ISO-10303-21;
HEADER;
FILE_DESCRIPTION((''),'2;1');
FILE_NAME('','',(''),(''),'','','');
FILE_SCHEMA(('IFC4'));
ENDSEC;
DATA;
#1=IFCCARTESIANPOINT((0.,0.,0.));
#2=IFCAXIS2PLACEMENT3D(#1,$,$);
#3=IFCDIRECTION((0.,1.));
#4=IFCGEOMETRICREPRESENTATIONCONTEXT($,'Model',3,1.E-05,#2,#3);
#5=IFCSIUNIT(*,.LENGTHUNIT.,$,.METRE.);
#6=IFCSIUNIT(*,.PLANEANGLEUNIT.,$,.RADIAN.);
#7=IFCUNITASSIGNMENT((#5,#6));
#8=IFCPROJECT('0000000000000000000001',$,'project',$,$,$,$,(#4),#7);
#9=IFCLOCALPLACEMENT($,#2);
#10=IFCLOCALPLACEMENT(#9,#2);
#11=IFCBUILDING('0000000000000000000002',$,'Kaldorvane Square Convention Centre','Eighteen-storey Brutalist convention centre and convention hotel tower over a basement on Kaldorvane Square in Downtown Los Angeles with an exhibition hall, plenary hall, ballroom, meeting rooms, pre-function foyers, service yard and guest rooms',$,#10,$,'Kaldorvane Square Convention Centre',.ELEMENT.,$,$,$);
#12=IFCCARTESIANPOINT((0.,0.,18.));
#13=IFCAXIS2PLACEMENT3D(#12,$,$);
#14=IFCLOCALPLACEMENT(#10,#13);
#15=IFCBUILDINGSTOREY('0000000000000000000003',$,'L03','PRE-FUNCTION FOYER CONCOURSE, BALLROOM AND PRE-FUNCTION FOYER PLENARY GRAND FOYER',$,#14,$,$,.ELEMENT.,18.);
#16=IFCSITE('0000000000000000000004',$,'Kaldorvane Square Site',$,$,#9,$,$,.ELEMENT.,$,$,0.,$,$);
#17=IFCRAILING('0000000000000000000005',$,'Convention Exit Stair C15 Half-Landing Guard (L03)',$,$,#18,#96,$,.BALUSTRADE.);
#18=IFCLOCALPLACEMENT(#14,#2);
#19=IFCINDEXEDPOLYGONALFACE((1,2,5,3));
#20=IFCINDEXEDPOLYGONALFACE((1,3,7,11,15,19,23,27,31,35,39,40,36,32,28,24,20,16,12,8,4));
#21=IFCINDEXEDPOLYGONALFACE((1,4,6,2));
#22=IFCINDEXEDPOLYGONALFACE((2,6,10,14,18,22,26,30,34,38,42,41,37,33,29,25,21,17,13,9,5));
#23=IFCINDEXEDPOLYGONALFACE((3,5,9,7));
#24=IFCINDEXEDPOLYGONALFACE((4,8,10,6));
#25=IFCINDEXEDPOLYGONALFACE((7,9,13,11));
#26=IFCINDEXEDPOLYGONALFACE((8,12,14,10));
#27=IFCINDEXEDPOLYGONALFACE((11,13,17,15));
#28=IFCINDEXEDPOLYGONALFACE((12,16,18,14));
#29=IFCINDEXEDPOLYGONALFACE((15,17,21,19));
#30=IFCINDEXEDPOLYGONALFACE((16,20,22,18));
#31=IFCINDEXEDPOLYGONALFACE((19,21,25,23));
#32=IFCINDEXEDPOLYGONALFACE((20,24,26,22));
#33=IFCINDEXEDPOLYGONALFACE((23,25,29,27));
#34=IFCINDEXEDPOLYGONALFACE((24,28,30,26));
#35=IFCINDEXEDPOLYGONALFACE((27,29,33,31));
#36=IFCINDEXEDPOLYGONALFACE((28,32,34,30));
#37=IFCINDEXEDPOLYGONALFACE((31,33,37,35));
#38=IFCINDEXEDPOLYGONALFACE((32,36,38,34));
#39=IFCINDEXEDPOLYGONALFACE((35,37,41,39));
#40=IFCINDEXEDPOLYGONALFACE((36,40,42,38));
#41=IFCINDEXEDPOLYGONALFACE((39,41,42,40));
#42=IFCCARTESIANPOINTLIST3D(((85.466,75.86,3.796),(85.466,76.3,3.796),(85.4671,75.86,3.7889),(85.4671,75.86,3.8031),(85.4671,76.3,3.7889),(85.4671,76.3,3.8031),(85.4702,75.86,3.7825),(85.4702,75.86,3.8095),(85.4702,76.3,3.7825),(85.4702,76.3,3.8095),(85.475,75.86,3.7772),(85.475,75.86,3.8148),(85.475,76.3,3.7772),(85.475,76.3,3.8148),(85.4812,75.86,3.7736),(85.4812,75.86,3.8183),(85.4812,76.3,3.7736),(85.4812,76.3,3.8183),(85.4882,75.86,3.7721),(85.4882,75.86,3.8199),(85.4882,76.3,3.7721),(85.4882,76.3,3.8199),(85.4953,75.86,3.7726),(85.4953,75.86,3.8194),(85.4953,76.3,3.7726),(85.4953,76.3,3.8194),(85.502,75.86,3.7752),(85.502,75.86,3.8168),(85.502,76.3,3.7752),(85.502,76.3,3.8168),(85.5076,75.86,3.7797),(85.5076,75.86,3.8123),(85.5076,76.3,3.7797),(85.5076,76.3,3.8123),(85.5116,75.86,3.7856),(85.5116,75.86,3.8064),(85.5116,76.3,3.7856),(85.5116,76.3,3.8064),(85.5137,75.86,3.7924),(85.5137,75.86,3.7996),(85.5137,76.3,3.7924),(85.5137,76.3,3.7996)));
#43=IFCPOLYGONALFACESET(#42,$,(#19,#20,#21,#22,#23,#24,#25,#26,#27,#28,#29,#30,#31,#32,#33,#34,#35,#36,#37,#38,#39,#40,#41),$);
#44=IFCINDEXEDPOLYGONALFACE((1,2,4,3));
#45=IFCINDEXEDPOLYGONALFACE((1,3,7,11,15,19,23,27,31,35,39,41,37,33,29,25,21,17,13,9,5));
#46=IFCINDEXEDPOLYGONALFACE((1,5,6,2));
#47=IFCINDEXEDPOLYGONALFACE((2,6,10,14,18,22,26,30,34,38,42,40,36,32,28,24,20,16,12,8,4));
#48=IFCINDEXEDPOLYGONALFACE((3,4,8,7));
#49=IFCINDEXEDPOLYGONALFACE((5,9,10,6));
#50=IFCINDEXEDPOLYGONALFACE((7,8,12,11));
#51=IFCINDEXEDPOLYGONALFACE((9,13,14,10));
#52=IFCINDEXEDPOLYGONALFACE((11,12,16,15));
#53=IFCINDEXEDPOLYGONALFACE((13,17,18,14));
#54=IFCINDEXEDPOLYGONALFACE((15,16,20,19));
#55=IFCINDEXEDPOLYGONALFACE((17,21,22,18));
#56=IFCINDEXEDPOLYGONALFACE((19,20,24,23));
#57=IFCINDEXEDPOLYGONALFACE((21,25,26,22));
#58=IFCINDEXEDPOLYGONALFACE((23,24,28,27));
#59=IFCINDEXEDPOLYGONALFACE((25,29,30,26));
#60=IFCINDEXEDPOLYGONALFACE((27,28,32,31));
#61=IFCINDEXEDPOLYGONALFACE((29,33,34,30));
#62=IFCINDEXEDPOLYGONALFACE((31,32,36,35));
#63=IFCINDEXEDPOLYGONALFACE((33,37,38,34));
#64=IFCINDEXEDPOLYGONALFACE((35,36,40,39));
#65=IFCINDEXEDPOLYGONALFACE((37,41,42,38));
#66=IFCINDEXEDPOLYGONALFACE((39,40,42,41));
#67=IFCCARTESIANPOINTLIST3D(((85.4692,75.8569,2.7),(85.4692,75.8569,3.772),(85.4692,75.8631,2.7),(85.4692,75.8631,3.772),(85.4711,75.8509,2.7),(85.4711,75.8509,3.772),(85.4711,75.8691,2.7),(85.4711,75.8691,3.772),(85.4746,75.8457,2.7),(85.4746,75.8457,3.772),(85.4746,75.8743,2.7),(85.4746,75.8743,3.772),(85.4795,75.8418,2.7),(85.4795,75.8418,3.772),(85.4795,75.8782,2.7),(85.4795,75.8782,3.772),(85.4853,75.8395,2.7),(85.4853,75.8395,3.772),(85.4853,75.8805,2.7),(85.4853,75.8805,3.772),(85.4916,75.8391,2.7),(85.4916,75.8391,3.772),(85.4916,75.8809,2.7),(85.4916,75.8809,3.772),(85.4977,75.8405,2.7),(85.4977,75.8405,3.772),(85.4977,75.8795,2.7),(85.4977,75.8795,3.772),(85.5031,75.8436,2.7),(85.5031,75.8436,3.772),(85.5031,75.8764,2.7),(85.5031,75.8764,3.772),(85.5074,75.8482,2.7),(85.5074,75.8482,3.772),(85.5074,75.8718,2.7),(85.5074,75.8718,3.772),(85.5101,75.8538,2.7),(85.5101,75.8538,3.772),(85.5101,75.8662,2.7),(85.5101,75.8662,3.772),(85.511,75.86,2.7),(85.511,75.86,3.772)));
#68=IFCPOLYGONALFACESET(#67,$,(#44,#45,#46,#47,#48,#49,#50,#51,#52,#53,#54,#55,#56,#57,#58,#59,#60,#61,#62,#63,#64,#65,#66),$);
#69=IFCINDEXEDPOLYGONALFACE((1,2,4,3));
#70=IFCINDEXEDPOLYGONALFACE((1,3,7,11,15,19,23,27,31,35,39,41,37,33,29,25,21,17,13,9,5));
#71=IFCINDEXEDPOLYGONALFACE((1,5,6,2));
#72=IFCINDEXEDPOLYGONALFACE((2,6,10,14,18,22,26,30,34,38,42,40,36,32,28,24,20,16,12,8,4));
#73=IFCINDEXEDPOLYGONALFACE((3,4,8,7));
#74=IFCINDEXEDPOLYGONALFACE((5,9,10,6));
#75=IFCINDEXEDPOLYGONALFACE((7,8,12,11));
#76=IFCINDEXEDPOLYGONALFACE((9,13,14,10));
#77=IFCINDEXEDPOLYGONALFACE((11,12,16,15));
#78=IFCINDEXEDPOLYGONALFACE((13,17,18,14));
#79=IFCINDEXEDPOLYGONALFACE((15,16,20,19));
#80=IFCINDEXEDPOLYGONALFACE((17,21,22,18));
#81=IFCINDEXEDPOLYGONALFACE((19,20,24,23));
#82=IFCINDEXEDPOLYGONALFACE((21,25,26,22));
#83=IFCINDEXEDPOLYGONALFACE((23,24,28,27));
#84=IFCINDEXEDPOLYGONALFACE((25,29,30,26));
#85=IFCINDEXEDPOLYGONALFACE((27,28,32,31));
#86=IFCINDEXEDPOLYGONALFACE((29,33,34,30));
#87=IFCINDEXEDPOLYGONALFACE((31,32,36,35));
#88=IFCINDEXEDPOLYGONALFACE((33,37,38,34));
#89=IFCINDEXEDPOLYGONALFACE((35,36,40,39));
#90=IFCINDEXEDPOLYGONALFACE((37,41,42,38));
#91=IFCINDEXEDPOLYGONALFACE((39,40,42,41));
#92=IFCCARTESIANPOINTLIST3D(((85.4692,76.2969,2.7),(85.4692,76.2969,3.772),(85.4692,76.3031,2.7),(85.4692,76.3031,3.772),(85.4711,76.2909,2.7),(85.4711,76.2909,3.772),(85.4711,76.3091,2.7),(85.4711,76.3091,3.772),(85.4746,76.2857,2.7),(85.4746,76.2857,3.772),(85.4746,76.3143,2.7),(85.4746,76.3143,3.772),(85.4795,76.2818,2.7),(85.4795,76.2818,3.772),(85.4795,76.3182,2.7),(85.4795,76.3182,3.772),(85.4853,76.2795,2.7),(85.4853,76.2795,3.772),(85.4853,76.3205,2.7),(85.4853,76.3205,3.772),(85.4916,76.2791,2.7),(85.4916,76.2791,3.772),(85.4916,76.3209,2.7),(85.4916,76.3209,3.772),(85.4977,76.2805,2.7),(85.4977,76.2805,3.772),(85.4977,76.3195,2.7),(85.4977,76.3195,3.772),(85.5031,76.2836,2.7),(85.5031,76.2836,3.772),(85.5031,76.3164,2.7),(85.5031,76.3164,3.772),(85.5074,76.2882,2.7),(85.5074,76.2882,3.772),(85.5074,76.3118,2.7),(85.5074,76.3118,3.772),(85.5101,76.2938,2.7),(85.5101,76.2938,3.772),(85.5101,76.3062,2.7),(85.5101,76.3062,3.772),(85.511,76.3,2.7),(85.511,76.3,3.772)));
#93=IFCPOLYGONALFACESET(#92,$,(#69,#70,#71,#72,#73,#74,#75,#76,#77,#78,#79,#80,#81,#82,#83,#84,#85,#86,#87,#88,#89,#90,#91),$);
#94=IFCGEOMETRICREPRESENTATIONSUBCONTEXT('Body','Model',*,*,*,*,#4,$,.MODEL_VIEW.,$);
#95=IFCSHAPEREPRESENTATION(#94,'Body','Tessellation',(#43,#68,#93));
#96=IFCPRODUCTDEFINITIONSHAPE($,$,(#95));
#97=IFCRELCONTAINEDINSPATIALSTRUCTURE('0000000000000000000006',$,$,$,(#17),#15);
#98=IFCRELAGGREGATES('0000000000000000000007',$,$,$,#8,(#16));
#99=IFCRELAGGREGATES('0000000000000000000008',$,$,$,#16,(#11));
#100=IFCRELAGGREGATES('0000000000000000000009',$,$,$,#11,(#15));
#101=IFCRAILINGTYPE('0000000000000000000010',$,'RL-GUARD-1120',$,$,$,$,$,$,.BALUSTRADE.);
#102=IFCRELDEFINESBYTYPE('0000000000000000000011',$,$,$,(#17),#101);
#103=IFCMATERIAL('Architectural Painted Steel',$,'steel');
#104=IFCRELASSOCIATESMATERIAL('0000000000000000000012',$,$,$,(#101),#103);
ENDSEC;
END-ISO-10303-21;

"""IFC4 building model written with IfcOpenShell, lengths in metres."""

from ifc_helpers import new_model, si_unit, direction, frame, origin, origin_2d, place, context, subcontext, project, spatial, circle, extrude, material, type_object, element, save


model = new_model("IFC4")

# Units and contexts
model_context = context("Model", 3, precision=1e-05, world=origin(), true_north=direction((0.0, 1.0)))
body_context = subcontext(model_context, "Body", "Model", "MODEL_VIEW")
ifc_project = project(units=[si_unit("LENGTHUNIT", "METRE"), si_unit("PLANEANGLEUNIT", "RADIAN")], contexts=[model_context])

# Site, building, storey
site_placement = place(None, origin())
site = spatial("IfcSite", under=ifc_project, at=site_placement, Name="Kaldorvane Square Site", CompositionType="ELEMENT", RefElevation=0.0)
building_placement = place(site_placement, origin())
building = spatial("IfcBuilding", under=site, at=building_placement, Name="Kaldorvane Square Convention Centre", Description="Eighteen-storey Brutalist convention centre and convention hotel tower over a basement on Kaldorvane Square in Downtown Los Angeles with an exhibition hall, plenary hall, ballroom, meeting rooms, pre-function foyers, service yard and guest rooms", LongName="Kaldorvane Square Convention Centre", CompositionType="ELEMENT")
storey_placement = place(building_placement, frame((0.0, 0.0, 18.0)))
storey = spatial("IfcBuildingStorey", under=building, at=storey_placement, Name="L03", Description="PRE-FUNCTION FOYER CONCOURSE, BALLROOM AND PRE-FUNCTION FOYER PLENARY GRAND FOYER", CompositionType="ELEMENT", Elevation=18.0)

# Railing
ifc_material_1 = material(Name="Architectural Painted Steel", Category="steel")
railing_type_1 = type_object("IfcRailingType", Name="RL-GUARD-1120", PredefinedType="BALUSTRADE", material=ifc_material_1)
for number, where, name in (
    (1, (85.49, 75.86, 2.7), "Convention Exit Stair C15 Half-Landing Guard (L03)"),
):
    element("IfcRailing", number, at=place(storey_placement, frame(where)), inside=storey, type_object=railing_type_1, Name=name, PredefinedType="BALUSTRADE", context=body_context, shape_type="SweptSolid", body=[
        extrude(circle(Radius=0.024, at=origin_2d()), frame((0.0, 0.0, 1.096), z_axis=(0.0, 1.0, 0.0), x_axis=(-1.0, 0.0, 0.0)), (0.0, 0.0, 1.0), 0.44),
        extrude(circle(Radius=0.021, at=origin_2d()), origin(), (0.0, 0.0, 1.0), 1.072),
        extrude(circle(Radius=0.021, at=origin_2d()), frame((0.0, 0.44, 0.0)), (0.0, 0.0, 1.0), 1.072),
    ])

save(model, "model.ifc")
